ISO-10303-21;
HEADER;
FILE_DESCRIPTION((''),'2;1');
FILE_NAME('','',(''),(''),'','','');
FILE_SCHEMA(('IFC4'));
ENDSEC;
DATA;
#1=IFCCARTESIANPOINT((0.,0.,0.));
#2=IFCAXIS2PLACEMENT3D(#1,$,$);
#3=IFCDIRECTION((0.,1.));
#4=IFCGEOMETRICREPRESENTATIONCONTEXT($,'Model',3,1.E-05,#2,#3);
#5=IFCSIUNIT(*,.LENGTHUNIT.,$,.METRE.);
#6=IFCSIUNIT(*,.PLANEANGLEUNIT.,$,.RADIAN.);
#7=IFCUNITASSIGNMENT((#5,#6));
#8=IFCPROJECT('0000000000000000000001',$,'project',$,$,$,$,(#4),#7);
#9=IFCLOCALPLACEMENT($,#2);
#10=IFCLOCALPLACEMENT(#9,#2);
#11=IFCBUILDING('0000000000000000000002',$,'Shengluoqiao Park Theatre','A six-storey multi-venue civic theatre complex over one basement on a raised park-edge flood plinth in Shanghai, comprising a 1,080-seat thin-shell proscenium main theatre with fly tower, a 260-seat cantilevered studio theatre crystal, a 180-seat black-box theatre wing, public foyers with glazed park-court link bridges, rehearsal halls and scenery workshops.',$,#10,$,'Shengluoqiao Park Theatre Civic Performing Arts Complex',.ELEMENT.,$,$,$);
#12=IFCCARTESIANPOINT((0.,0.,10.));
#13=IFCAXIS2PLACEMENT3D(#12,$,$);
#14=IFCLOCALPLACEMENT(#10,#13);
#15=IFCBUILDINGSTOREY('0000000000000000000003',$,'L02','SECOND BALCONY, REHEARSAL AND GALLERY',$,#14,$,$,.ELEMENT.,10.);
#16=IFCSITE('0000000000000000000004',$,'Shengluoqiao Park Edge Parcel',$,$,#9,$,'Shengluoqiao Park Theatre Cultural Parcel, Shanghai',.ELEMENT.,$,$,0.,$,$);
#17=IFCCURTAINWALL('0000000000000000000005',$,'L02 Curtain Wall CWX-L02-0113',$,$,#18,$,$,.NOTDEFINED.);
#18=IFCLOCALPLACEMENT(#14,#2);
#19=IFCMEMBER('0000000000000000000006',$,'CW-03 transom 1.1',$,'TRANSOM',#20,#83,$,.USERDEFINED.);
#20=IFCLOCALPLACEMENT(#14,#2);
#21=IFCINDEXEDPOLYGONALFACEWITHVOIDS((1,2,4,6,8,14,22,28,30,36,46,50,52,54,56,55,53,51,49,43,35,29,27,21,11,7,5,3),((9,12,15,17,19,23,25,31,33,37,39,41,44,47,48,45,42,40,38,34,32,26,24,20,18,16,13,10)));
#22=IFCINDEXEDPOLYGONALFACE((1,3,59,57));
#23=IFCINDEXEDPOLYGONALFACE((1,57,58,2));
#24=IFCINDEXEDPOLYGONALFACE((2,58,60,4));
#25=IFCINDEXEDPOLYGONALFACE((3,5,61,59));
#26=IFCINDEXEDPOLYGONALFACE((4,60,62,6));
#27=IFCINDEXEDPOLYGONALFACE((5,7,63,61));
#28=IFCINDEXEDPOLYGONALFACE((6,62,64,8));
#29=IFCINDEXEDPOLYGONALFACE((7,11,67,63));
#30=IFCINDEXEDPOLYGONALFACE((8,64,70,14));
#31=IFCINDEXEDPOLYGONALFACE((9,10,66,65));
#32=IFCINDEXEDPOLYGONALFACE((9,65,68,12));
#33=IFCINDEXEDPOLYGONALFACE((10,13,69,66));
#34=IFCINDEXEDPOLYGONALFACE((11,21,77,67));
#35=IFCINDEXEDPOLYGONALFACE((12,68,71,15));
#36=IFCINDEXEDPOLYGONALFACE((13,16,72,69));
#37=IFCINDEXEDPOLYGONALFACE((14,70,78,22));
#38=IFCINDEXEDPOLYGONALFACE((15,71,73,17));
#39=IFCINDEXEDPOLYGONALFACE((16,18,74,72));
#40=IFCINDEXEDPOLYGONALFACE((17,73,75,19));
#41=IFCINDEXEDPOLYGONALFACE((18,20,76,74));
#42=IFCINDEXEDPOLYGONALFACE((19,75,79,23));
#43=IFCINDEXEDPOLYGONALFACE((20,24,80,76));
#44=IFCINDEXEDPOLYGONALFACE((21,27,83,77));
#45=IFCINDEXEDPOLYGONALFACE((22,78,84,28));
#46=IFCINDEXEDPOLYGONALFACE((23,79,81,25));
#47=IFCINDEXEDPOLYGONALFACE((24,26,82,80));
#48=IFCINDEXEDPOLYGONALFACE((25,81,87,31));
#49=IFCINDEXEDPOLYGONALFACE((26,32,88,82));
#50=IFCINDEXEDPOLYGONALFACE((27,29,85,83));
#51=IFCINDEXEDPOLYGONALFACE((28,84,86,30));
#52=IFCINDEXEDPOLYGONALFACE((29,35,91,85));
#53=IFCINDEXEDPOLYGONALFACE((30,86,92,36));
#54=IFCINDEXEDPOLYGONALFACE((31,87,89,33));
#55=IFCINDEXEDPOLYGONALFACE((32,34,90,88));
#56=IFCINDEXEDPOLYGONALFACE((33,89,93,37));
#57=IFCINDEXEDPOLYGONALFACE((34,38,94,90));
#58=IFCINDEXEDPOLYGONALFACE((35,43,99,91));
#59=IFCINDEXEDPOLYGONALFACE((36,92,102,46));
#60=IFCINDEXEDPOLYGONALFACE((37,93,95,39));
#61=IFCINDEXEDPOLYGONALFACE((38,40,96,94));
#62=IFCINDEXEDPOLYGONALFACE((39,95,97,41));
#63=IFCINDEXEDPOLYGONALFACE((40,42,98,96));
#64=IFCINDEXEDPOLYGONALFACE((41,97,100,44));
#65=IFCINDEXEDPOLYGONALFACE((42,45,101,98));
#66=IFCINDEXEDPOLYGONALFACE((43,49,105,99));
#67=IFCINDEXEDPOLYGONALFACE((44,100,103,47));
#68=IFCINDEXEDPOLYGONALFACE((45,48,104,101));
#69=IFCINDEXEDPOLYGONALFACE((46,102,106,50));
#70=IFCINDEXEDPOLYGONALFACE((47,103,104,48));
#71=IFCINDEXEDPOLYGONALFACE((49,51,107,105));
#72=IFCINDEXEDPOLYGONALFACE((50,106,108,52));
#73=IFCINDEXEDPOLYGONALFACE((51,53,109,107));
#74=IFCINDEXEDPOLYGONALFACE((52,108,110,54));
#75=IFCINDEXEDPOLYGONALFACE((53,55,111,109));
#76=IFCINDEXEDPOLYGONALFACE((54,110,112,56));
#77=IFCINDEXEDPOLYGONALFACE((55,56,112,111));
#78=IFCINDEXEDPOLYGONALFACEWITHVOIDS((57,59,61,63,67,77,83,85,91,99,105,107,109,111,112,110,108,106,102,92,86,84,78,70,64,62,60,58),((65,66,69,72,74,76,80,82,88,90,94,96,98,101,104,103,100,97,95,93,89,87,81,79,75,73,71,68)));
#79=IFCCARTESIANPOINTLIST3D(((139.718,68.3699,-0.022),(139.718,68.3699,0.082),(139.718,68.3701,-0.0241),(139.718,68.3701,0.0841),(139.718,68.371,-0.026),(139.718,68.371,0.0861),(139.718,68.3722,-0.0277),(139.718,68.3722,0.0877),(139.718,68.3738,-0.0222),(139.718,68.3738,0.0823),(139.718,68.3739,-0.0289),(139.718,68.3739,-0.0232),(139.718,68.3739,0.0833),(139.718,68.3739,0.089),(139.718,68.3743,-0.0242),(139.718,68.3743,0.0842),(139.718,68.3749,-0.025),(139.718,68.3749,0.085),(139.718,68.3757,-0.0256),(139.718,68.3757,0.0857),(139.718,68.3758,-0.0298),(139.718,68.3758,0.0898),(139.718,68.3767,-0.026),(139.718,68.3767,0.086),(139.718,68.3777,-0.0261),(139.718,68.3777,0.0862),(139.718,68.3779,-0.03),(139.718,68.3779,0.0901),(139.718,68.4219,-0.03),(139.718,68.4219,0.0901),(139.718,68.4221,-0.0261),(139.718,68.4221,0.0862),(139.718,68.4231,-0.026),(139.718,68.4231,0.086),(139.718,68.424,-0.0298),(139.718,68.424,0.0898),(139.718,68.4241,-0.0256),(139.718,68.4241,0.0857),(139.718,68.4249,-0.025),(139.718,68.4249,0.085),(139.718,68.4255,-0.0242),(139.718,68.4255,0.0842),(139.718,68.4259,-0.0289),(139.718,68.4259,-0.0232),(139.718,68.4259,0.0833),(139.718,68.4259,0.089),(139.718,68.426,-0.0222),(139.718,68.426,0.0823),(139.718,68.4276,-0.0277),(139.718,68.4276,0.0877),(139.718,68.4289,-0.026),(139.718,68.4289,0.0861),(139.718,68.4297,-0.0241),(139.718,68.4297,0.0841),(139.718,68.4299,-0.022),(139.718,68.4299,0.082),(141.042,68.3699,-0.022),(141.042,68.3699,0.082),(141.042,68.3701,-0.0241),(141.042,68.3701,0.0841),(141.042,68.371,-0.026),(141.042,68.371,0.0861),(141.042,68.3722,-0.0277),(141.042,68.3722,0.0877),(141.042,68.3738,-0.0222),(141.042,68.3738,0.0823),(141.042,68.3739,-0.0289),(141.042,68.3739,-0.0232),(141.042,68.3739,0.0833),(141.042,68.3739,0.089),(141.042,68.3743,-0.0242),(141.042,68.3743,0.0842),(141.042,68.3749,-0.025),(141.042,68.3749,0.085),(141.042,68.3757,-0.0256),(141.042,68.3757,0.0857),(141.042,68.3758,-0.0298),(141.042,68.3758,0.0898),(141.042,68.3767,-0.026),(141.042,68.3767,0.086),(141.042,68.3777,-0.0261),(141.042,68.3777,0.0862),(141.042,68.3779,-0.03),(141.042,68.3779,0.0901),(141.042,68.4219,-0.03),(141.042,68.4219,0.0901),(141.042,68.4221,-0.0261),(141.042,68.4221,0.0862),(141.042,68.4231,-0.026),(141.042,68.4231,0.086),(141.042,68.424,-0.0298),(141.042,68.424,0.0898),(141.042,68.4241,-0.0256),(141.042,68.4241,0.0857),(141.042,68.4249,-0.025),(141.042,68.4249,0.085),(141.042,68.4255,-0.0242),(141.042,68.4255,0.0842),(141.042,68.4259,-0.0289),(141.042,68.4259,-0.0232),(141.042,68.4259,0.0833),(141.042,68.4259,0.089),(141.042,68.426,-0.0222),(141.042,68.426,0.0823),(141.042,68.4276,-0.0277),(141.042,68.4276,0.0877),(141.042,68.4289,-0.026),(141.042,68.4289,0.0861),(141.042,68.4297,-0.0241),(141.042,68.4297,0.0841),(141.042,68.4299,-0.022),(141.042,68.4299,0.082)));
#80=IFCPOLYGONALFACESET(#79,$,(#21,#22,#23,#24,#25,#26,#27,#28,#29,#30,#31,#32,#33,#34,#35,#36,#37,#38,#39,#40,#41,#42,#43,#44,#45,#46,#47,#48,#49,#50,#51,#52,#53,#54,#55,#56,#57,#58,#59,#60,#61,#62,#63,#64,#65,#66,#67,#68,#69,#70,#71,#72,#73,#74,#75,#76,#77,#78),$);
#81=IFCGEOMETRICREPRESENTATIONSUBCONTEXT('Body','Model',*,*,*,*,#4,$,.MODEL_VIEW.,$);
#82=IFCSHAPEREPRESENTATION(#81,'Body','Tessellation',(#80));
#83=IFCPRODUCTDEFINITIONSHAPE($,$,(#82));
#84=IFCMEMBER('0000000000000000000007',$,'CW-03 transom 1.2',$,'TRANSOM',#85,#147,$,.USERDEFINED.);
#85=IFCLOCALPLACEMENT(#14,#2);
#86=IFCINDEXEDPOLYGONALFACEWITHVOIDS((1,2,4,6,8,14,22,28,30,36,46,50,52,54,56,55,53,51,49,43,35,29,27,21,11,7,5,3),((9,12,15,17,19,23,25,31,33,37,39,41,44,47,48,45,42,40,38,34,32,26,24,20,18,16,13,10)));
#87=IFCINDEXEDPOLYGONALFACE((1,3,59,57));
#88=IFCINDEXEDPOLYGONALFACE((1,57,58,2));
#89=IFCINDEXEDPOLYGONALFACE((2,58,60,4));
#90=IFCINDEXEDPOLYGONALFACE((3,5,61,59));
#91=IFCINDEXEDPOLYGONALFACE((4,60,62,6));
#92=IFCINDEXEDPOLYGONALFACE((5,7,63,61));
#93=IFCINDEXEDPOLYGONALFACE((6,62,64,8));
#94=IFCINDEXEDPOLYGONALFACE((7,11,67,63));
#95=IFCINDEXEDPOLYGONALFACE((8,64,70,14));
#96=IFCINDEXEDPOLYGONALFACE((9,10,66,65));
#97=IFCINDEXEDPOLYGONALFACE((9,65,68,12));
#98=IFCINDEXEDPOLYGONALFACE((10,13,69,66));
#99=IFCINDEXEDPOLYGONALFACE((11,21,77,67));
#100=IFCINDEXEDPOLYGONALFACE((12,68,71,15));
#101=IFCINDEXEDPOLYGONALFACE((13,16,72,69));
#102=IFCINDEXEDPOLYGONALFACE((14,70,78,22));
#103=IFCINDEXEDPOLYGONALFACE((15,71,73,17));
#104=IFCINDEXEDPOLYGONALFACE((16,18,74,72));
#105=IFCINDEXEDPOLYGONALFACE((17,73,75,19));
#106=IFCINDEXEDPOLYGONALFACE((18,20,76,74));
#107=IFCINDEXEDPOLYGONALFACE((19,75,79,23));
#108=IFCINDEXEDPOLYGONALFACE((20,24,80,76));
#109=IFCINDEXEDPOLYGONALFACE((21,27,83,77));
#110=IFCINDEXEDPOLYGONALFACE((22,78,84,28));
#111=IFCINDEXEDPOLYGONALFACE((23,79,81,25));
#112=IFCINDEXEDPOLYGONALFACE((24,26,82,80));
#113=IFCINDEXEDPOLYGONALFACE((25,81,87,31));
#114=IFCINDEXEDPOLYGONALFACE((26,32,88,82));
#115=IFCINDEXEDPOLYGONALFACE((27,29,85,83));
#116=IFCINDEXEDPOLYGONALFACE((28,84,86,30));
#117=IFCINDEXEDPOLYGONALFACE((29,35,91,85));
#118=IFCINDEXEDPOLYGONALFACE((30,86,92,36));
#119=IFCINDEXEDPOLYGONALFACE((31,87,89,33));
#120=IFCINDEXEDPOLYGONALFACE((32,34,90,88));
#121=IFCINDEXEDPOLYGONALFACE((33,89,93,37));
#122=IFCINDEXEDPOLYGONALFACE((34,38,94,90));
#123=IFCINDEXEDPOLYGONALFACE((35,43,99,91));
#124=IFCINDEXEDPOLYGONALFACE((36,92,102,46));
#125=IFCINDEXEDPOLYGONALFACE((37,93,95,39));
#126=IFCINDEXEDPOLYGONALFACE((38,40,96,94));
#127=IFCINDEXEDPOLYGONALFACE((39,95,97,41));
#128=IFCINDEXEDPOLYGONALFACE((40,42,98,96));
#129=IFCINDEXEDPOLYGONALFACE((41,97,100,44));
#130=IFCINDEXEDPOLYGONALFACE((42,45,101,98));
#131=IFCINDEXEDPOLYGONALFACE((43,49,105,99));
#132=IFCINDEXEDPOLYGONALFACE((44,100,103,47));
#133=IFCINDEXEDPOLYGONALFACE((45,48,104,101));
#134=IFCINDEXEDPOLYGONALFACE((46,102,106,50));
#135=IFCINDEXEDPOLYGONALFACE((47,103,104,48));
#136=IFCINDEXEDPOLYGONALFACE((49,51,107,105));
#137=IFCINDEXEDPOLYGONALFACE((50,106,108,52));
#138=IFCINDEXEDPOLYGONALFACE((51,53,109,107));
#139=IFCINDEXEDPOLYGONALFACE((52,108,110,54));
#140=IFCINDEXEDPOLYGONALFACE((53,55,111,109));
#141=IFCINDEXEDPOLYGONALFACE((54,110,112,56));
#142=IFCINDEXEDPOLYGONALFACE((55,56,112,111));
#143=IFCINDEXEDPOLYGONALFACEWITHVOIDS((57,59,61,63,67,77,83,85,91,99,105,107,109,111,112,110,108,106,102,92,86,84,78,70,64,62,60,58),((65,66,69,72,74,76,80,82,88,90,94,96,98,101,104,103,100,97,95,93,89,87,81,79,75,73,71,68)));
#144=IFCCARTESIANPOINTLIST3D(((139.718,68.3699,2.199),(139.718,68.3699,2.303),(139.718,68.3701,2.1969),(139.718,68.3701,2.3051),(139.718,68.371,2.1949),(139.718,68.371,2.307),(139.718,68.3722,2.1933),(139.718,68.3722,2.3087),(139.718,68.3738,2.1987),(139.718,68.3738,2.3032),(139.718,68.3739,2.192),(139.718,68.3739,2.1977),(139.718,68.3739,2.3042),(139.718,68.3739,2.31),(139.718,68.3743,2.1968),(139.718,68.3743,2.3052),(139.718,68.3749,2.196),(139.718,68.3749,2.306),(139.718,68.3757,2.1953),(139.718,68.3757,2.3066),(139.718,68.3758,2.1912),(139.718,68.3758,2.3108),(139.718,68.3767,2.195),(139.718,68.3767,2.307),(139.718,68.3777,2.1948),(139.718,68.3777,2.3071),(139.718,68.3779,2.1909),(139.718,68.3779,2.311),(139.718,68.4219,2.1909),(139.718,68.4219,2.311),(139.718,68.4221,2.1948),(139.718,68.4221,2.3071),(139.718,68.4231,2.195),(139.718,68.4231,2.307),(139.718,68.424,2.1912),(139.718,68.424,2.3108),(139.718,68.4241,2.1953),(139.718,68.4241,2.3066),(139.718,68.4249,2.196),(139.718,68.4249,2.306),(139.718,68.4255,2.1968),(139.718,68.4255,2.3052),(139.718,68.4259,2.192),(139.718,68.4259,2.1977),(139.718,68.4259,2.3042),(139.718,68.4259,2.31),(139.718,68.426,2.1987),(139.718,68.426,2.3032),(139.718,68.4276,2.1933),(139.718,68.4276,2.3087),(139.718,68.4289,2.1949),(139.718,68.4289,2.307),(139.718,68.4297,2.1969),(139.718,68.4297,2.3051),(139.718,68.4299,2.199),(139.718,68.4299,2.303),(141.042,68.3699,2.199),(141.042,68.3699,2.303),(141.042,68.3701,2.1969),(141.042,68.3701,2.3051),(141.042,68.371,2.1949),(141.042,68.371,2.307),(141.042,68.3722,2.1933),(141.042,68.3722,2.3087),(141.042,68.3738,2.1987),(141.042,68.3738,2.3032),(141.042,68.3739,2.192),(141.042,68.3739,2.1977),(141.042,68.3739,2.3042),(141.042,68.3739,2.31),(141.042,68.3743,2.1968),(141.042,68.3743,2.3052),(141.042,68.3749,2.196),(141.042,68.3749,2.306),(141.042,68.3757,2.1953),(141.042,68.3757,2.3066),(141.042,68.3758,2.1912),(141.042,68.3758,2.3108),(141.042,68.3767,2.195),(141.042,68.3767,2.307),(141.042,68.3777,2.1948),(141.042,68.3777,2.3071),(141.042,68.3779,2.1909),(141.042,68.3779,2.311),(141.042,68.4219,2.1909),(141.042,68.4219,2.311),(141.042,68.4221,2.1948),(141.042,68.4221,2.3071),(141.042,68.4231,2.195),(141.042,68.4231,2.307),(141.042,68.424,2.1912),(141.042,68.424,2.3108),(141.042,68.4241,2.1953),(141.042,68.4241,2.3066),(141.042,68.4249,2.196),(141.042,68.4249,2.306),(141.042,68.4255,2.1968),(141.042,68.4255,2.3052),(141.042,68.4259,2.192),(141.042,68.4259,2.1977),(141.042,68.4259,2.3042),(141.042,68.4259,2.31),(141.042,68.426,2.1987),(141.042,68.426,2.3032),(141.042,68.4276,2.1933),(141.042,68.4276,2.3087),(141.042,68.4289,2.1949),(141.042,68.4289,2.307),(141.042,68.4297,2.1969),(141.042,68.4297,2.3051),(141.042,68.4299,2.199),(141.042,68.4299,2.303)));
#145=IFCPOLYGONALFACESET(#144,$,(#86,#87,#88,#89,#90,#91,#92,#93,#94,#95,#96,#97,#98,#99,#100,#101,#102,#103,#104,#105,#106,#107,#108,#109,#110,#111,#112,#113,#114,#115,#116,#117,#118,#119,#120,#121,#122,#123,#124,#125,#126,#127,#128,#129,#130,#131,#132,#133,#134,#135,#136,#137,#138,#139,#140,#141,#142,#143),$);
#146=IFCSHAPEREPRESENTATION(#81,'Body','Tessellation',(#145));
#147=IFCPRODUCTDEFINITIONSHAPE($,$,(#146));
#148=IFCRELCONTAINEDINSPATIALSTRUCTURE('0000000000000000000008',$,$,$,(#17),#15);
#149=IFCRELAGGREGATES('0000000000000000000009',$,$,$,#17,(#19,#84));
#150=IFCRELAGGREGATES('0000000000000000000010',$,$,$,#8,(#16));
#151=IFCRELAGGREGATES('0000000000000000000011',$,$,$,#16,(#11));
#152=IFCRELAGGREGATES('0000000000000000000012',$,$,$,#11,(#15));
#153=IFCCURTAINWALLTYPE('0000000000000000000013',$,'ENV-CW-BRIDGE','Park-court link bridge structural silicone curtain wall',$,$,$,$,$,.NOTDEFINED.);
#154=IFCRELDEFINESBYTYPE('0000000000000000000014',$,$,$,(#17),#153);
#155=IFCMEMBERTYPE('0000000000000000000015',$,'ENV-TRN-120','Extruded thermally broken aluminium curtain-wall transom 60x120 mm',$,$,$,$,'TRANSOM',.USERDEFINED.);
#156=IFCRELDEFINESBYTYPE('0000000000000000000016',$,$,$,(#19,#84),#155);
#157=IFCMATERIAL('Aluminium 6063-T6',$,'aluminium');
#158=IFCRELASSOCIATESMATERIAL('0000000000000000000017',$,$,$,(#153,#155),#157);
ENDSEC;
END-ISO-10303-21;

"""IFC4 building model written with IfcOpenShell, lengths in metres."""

from ifc_helpers import new_model, si_unit, direction, frame, origin, origin_2d, place, context, subcontext, project, spatial, hollow_rectangle, extrude, material, material_profile, profile_set, type_object, element, aggregate, save


model = new_model("IFC4")

# Units and contexts
model_context = context("Model", 3, precision=1e-05, world=origin(), true_north=direction((0.0, 1.0)))
body_context = subcontext(model_context, "Body", "Model", "MODEL_VIEW")
ifc_project = project(units=[si_unit("LENGTHUNIT", "METRE"), si_unit("PLANEANGLEUNIT", "RADIAN")], contexts=[model_context])

# Site, building, storey
site_placement = place(None, origin())
site = spatial("IfcSite", under=ifc_project, at=site_placement, Name="Shengluoqiao Park Edge Parcel", LongName="Shengluoqiao Park Theatre Cultural Parcel, Shanghai", CompositionType="ELEMENT", RefElevation=0.0)
building_placement = place(site_placement, origin())
building = spatial("IfcBuilding", under=site, at=building_placement, Name="Shengluoqiao Park Theatre", Description="A six-storey multi-venue civic theatre complex over one basement on a raised park-edge flood plinth in Shanghai, comprising a 1,080-seat thin-shell proscenium main theatre with fly tower, a 260-seat cantilevered studio theatre crystal, a 180-seat black-box theatre wing, public foyers with glazed park-court link bridges, rehearsal halls and scenery workshops.", LongName="Shengluoqiao Park Theatre Civic Performing Arts Complex", CompositionType="ELEMENT")
storey_placement = place(building_placement, frame((0.0, 0.0, 10.0)))
storey = spatial("IfcBuildingStorey", under=building, at=storey_placement, Name="L02", Description="SECOND BALCONY, REHEARSAL AND GALLERY", CompositionType="ELEMENT", Elevation=10.0)

# Shared definitions
ifc_material_1 = material(Name="Aluminium 6063-T6", Category="aluminium")
curtain_wall_type = type_object("IfcCurtainWallType", Name="ENV-CW-BRIDGE", Description="Park-court link bridge structural silicone curtain wall", PredefinedType="NOTDEFINED", material=ifc_material_1)

# Curtain wall
curtain_wall_1_placement = place(storey_placement, origin())
curtain_wall_1 = element("IfcCurtainWall", 1, at=curtain_wall_1_placement, inside=storey, type_object=curtain_wall_type, Name="L02 Curtain Wall CWX-L02-0113", PredefinedType="NOTDEFINED")

# Members
ifc_material_profile_1 = material_profile(ifc_material_1, hollow_rectangle(XDim=0.0601, YDim=0.1201, WallThickness=0.0039, InnerFilletRadius=0.0039, OuterFilletRadius=0.0081, at=origin_2d()), Name="ALU TRANSOM 120x60x4")
ifc_profile_set_1 = profile_set([ifc_material_profile_1], Name="Aluminium 6063-T6")
member_type_1 = type_object("IfcMemberType", Name="ENV-TRN-120", Description="Extruded thermally broken aluminium curtain-wall transom 60x120 mm", ElementType="TRANSOM", PredefinedType="USERDEFINED", material=ifc_profile_set_1)
member_1_placement = place(storey_placement, frame((139.718, 68.3999, 0.03), z_axis=(1.0, 0.0, 0.0), x_axis=(0.0, 1.0, 0.0)))
member_1 = element("IfcMember", 2, at=member_1_placement, type_object=member_type_1, Name="CW-03 transom 1.1", ObjectType="TRANSOM", PredefinedType="USERDEFINED", context=body_context, shape_type="SweptSolid", body=[
    extrude(hollow_rectangle(XDim=0.0601, YDim=0.1201, WallThickness=0.0039, InnerFilletRadius=0.0039, OuterFilletRadius=0.0081, at=origin_2d()), origin(), (0.0, 0.0, 1.0), 1.324),
])
member_2_placement = place(storey_placement, frame((139.718, 68.3999, 2.251), z_axis=(1.0, 0.0, 0.0), x_axis=(0.0, 1.0, 0.0)))
member_2 = element("IfcMember", 3, at=member_2_placement, type_object=member_type_1, Name="CW-03 transom 1.2", ObjectType="TRANSOM", PredefinedType="USERDEFINED", context=body_context, shape_type="SweptSolid", body=[
    extrude(hollow_rectangle(XDim=0.0601, YDim=0.1201, WallThickness=0.0039, InnerFilletRadius=0.0039, OuterFilletRadius=0.0081, at=origin_2d()), origin(), (0.0, 0.0, 1.0), 1.324),
])

aggregate(curtain_wall_1, [member_1, member_2])

save(model, "model.ifc")
